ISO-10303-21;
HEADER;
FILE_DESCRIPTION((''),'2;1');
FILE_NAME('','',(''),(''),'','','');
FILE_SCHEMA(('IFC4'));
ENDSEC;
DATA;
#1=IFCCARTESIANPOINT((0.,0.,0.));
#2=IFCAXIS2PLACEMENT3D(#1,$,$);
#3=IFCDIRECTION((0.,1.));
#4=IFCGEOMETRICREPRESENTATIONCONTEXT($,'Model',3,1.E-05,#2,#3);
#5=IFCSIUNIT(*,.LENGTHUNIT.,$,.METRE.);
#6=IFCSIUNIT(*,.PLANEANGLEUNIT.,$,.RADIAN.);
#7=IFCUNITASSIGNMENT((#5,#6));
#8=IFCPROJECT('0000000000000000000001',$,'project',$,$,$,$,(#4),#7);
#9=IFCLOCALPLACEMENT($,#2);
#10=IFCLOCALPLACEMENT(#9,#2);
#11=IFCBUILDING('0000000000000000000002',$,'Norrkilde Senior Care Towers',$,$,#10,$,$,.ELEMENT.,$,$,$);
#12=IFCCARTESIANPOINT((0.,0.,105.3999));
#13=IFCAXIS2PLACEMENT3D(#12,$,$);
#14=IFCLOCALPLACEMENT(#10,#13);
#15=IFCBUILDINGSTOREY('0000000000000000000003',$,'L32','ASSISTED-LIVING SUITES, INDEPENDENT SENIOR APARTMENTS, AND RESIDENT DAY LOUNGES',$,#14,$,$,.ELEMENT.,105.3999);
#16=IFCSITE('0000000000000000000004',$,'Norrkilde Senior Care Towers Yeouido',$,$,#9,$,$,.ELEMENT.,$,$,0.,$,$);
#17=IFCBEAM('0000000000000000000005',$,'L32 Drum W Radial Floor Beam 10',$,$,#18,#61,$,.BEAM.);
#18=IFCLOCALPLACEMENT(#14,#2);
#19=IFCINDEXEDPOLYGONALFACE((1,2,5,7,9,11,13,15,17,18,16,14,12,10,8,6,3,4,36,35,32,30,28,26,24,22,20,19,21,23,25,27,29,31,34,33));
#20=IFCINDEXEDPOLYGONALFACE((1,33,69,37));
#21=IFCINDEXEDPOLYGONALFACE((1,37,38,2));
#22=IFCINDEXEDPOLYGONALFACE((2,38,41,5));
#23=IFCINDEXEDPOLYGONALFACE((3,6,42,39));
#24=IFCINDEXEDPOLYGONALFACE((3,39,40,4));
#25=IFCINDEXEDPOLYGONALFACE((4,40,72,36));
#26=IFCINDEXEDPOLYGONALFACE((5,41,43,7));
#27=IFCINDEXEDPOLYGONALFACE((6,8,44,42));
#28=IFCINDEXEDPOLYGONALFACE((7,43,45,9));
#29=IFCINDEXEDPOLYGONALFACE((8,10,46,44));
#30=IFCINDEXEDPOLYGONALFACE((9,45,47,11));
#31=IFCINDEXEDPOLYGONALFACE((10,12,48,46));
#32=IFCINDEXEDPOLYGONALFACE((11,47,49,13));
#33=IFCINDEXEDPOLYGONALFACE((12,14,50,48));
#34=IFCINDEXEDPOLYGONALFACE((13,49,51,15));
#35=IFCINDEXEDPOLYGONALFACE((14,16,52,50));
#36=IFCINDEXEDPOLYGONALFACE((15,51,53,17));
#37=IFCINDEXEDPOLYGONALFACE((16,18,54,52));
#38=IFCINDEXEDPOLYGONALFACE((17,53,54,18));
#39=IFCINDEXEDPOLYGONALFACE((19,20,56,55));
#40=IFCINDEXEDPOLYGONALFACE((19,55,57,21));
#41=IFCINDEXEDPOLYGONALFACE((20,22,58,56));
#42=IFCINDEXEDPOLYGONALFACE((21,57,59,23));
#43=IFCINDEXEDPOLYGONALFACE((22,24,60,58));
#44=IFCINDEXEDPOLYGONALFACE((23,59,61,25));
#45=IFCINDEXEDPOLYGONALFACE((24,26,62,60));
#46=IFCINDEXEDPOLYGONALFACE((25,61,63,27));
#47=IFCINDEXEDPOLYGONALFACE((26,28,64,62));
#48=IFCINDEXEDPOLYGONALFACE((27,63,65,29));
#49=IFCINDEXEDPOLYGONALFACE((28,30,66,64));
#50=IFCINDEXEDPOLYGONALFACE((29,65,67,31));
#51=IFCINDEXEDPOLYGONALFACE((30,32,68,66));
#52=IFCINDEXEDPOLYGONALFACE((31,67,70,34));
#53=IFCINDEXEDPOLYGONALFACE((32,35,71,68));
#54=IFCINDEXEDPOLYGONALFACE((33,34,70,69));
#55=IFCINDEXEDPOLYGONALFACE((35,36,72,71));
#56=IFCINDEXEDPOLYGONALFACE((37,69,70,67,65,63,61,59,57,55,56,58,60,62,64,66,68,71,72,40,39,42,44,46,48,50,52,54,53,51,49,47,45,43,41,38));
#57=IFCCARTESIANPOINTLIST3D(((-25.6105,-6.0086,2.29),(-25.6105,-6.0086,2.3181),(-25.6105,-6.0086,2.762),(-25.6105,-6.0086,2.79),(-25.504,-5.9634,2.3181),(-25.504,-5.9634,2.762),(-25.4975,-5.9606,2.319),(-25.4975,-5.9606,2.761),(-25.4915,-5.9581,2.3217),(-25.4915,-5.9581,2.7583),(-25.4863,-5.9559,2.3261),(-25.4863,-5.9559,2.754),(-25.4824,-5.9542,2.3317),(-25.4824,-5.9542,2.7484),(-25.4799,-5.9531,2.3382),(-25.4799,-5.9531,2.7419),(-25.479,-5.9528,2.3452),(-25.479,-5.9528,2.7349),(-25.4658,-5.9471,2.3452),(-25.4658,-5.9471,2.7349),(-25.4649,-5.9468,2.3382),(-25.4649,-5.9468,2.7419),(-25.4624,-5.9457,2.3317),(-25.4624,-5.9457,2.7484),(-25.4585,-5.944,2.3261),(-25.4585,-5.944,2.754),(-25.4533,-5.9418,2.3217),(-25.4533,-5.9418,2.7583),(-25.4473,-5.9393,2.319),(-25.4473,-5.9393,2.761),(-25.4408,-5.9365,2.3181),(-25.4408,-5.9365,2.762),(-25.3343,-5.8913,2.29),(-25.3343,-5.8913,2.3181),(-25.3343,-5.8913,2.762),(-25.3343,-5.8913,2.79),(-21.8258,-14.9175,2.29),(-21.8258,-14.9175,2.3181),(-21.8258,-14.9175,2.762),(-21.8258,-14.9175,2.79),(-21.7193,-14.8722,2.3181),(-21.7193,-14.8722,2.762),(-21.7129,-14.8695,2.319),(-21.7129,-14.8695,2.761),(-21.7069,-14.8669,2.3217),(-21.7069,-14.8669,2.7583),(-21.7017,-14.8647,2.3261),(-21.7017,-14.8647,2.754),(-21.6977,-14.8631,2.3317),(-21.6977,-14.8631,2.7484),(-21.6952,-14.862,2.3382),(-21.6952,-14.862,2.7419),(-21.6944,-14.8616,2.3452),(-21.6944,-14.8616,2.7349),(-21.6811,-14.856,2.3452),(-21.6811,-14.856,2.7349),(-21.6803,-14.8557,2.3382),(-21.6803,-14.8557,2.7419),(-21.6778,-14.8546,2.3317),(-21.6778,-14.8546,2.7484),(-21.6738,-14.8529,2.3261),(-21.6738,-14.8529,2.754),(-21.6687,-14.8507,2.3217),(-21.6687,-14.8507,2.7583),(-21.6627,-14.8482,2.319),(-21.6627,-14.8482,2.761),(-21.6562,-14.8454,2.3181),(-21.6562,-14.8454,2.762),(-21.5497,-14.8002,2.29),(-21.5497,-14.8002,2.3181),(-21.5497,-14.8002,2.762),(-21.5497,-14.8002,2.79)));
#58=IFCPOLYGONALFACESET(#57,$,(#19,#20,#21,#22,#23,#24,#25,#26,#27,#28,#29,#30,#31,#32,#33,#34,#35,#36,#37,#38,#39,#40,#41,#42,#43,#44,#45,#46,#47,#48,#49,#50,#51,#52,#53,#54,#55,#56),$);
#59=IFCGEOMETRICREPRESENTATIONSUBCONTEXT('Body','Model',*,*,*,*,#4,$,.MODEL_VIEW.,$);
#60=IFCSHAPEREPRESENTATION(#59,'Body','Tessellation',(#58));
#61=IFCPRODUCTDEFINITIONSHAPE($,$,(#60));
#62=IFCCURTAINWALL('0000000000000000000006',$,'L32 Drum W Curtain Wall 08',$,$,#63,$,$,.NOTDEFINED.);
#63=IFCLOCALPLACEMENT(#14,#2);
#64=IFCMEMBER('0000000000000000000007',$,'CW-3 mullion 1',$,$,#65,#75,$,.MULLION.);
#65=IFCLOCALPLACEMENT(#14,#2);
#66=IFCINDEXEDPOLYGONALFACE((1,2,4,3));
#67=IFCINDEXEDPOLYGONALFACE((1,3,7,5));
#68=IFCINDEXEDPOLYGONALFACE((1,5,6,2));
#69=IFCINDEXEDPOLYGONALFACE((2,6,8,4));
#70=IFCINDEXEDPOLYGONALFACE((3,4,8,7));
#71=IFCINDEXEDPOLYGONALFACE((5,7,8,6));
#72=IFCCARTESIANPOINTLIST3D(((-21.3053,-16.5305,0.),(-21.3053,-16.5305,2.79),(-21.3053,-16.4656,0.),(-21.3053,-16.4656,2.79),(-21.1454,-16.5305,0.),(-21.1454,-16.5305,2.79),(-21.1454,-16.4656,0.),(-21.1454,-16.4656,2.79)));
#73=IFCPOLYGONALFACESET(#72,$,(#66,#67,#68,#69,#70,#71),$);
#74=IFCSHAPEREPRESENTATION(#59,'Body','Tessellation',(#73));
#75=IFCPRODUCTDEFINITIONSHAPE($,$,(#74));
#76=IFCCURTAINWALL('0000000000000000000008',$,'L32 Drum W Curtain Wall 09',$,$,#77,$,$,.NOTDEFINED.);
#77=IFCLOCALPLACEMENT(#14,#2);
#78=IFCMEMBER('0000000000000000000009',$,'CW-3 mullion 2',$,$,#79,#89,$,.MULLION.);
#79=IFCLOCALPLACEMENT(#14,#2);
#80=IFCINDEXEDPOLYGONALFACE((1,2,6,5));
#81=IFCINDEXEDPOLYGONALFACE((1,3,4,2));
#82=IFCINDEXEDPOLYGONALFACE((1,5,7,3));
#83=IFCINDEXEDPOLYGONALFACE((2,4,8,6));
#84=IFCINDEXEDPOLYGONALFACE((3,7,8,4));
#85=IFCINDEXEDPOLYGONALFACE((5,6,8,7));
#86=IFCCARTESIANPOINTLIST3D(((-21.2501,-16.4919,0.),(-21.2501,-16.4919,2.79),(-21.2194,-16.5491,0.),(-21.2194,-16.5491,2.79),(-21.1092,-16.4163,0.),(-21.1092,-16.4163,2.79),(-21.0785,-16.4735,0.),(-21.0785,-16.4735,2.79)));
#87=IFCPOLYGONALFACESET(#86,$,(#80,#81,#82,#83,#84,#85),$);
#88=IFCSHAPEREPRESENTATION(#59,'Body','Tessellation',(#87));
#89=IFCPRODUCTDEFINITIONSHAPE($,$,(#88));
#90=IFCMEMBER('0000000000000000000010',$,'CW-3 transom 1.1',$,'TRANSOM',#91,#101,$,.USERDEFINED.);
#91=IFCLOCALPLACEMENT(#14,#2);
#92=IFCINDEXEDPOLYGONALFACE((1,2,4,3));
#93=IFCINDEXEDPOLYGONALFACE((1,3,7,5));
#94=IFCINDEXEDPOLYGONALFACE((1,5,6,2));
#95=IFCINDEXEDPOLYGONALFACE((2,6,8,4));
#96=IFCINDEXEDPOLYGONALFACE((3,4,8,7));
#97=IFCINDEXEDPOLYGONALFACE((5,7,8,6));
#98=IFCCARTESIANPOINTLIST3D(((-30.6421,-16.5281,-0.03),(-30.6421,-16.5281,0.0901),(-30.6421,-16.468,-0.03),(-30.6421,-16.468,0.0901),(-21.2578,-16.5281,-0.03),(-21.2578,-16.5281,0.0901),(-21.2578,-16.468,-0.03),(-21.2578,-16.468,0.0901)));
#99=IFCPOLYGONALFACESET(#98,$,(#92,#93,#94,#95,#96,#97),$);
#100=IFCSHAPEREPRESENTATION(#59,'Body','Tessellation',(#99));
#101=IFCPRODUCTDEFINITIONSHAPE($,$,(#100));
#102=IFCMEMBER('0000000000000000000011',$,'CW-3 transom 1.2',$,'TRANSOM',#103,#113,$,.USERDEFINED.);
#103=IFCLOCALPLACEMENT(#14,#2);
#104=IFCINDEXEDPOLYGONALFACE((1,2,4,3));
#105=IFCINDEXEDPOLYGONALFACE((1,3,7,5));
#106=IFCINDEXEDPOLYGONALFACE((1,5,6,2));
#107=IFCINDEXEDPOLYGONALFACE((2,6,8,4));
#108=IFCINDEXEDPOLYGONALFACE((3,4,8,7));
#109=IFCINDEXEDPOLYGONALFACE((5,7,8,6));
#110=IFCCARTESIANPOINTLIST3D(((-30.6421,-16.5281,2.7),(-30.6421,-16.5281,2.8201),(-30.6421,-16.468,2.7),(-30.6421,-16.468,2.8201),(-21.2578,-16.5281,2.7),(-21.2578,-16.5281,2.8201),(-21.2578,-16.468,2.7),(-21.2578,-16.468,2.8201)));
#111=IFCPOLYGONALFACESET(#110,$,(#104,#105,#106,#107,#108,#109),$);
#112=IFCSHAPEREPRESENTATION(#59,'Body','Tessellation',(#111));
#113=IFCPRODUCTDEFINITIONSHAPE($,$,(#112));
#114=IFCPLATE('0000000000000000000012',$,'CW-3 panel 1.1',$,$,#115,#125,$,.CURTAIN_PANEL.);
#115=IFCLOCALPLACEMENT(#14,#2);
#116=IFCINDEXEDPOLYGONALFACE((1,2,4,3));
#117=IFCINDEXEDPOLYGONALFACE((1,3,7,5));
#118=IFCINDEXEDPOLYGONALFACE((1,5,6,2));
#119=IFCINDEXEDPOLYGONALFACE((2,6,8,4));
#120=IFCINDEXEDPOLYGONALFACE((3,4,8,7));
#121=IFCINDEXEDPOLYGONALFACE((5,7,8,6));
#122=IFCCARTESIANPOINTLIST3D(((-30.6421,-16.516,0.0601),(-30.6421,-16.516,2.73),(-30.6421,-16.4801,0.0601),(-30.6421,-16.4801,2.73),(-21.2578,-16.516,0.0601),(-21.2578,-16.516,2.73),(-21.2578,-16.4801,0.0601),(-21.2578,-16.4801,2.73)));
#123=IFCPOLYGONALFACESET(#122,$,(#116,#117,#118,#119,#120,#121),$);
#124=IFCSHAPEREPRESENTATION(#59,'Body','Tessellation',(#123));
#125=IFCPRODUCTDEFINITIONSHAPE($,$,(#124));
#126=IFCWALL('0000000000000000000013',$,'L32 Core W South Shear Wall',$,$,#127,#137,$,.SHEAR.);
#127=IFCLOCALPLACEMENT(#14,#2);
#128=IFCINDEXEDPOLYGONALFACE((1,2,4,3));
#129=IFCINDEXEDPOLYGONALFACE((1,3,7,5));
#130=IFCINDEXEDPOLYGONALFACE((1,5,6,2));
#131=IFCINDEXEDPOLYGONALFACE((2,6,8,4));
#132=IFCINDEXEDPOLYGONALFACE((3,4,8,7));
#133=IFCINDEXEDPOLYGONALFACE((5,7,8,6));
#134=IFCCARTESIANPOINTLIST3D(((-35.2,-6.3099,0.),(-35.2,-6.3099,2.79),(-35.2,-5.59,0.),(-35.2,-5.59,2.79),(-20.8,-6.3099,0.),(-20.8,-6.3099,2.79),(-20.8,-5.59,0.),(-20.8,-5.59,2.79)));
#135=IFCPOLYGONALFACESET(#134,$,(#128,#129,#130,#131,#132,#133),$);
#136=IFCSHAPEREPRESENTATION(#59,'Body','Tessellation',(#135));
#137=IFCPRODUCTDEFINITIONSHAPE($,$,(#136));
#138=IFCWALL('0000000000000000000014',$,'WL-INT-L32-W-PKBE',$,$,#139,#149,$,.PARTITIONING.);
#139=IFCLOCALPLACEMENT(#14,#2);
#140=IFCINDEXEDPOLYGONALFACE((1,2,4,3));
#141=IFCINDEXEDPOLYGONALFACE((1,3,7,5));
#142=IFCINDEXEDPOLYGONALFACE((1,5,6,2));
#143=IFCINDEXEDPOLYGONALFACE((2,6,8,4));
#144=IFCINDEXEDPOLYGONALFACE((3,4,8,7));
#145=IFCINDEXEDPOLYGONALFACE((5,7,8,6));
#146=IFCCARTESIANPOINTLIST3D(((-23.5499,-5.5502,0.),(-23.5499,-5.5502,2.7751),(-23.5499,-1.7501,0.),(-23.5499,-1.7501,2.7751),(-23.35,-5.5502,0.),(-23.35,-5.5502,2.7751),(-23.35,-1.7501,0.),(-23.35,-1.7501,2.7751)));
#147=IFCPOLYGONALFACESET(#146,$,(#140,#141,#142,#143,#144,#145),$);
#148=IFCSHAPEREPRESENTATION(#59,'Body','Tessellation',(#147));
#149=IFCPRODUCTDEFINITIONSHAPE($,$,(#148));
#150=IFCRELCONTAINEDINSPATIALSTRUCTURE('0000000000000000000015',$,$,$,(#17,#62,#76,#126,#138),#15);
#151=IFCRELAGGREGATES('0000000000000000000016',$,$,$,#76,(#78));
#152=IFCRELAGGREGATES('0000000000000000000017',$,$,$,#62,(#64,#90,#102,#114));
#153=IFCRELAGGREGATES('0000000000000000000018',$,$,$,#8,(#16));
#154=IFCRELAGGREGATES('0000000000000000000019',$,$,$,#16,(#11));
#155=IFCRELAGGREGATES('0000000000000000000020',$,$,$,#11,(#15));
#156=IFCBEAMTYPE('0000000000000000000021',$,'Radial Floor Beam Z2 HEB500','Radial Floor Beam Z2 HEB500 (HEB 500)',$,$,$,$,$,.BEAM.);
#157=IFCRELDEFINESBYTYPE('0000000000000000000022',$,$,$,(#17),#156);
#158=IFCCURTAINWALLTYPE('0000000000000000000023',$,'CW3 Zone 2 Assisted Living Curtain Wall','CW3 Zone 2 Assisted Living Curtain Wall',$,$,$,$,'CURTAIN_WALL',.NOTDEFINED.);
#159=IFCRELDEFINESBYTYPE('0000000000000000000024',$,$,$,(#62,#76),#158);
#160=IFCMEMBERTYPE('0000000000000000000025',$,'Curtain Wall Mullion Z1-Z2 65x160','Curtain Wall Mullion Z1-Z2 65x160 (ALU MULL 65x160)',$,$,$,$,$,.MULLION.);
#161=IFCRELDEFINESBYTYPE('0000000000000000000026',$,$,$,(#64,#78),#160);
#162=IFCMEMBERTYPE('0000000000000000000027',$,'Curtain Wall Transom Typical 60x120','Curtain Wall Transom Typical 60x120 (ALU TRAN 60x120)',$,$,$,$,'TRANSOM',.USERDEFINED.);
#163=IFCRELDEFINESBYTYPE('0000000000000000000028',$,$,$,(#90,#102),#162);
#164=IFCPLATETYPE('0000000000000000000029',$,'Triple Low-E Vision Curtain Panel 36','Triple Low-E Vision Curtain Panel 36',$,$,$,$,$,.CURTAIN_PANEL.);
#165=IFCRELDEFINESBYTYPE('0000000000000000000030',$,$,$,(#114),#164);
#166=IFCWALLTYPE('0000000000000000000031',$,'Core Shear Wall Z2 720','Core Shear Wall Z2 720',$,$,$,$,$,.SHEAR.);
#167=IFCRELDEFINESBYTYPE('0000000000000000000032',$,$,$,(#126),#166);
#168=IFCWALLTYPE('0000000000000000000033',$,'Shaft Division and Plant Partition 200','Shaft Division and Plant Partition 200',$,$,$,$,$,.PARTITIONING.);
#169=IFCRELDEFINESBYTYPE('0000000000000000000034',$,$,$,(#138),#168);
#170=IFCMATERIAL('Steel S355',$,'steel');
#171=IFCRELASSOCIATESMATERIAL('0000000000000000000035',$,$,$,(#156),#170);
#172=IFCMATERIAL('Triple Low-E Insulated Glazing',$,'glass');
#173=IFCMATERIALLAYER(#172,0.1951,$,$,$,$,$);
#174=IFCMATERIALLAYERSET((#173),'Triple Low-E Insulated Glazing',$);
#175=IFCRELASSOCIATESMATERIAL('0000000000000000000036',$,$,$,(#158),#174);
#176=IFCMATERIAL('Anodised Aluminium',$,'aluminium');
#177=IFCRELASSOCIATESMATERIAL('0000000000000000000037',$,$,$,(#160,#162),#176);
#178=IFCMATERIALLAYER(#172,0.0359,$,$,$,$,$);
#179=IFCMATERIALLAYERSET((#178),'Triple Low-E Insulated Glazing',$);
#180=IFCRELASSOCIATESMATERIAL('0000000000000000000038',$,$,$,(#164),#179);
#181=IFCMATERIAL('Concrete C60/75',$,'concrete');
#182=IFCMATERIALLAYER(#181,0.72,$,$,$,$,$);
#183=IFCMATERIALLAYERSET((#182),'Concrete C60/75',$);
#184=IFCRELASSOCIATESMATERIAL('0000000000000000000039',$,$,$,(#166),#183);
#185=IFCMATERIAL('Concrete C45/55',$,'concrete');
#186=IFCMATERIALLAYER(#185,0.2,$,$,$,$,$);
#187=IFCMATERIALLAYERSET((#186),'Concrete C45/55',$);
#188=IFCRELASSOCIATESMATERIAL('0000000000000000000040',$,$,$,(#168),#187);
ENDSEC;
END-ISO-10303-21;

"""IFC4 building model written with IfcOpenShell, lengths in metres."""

from ifc_helpers import new_model, si_unit, direction, frame, frame_2d, origin, origin_2d, place, context, subcontext, project, spatial, rectangle, i_section, extrude, source, transform, mapped, material, layer, layer_set, material_profile, profile_set, type_object, type_shapes, element, aggregate, save


model = new_model("IFC4")

# Units and contexts
model_context = context("Model", 3, precision=1e-05, world=origin(), true_north=direction((0.0, 1.0)))
body_context = subcontext(model_context, "Body", "Model", "MODEL_VIEW")
ifc_project = project(units=[si_unit("LENGTHUNIT", "METRE"), si_unit("PLANEANGLEUNIT", "RADIAN")], contexts=[model_context])

# Site, building, storey
site_placement = place(None, origin())
site = spatial("IfcSite", under=ifc_project, at=site_placement, Name="Norrkilde Senior Care Towers Yeouido", CompositionType="ELEMENT", RefElevation=0.0)
building_placement = place(site_placement, origin())
building = spatial("IfcBuilding", under=site, at=building_placement, Name="Norrkilde Senior Care Towers", CompositionType="ELEMENT")
storey_placement = place(building_placement, frame((0.0, 0.0, 105.3999)))
storey = spatial("IfcBuildingStorey", under=building, at=storey_placement, Name="L32", Description="ASSISTED-LIVING SUITES, INDEPENDENT SENIOR APARTMENTS, AND RESIDENT DAY LOUNGES", CompositionType="ELEMENT", Elevation=105.3999)

# Shared definitions
ifc_material_1 = material(Name="Concrete C60/75", Category="concrete")

# Beam
ifc_material_2 = material(Name="Steel S355", Category="steel")
ifc_material_profile_1 = material_profile(ifc_material_2, i_section(OverallWidth=0.3, OverallDepth=0.5, WebThickness=0.0144, FlangeThickness=0.0281, FilletRadius=0.0271, at=origin_2d()), Name="HEB 500")
ifc_profile_set_1 = profile_set([ifc_material_profile_1], Name="Steel S355")
beam_type_1 = type_object("IfcBeamType", Name="Radial Floor Beam Z2 HEB500", Description="Radial Floor Beam Z2 HEB500 (HEB 500)", PredefinedType="BEAM", material=ifc_profile_set_1)
shared_shape_1 = source(origin(), body_context, "Body", "SweptSolid", [
    extrude(i_section(OverallWidth=0.3, OverallDepth=0.5, WebThickness=0.0144, FlangeThickness=0.0281, FilletRadius=0.0271, at=origin_2d()), origin(), (0.0, 0.0, 1.0), 9.6794),
])
beam_1_placement = place(storey_placement, frame((-25.4724, -5.95, 2.54), z_axis=(0.390998, -0.920392, 0.0), x_axis=(0.920392, 0.390998, 0.0)))
element("IfcBeam", 1, at=beam_1_placement, inside=storey, type_object=beam_type_1, Name="L32 Drum W Radial Floor Beam 10", PredefinedType="BEAM", context=body_context, shape_type="MappedRepresentation", body=[
    mapped(shared_shape_1, transform((0.0, 0.0, 0.0), x_axis=(1.0, 0.0, 0.0), y_axis=(0.0, 1.0, 0.0), z_axis=(0.0, 0.0, 1.0), scale=1.0)),
])

# Curtain walls, members
ifc_material_3 = material(Name="Triple Low-E Insulated Glazing", Category="glass")
ifc_layer_1 = layer(ifc_material_3, 0.1951)
ifc_layer_set_1 = layer_set([ifc_layer_1], Name="Triple Low-E Insulated Glazing")
curtain_wall_type = type_object("IfcCurtainWallType", Name="CW3 Zone 2 Assisted Living Curtain Wall", Description="CW3 Zone 2 Assisted Living Curtain Wall", ElementType="CURTAIN_WALL", PredefinedType="NOTDEFINED", material=ifc_layer_set_1)
curtain_wall_1_placement = place(storey_placement, origin())
curtain_wall_1 = element("IfcCurtainWall", 2, at=curtain_wall_1_placement, inside=storey, type_object=curtain_wall_type, Name="L32 Drum W Curtain Wall 08", PredefinedType="NOTDEFINED")
ifc_material_4 = material(Name="Anodised Aluminium", Category="aluminium")
ifc_material_profile_2 = material_profile(ifc_material_4, rectangle(XDim=0.0649, YDim=0.1599, at=origin_2d()), Name="ALU MULL 65x160")
ifc_profile_set_2 = profile_set([ifc_material_profile_2], Name="Anodised Aluminium")
member_type_1 = type_object("IfcMemberType", Name="Curtain Wall Mullion Z1-Z2 65x160", Description="Curtain Wall Mullion Z1-Z2 65x160 (ALU MULL 65x160)", PredefinedType="MULLION", material=ifc_profile_set_2)
shared_shape_2 = source(origin(), body_context, "Body", "SweptSolid", [
    extrude(rectangle(XDim=0.0649, YDim=0.1599, at=origin_2d()), origin(), (0.0, 0.0, 1.0), 2.79),
])
type_shapes(member_type_1, [shared_shape_2])
member_1_placement = place(storey_placement, frame((-21.2253, -16.498, 0.0), z_axis=(0.0, 0.0, 1.0), x_axis=(0.0, -1.0, 0.0)))
member_1 = element("IfcMember", 3, at=member_1_placement, type_object=member_type_1, Name="CW-3 mullion 1", PredefinedType="MULLION", context=body_context, shape_type="MappedRepresentation", body=[
    mapped(shared_shape_2, transform((0.0, 0.0, 0.0), x_axis=(1.0, 0.0, 0.0), y_axis=(0.0, 1.0, 0.0), z_axis=(0.0, 0.0, 1.0), scale=1.0)),
])
curtain_wall_2_placement = place(storey_placement, origin())
curtain_wall_2 = element("IfcCurtainWall", 4, at=curtain_wall_2_placement, inside=storey, type_object=curtain_wall_type, Name="L32 Drum W Curtain Wall 09", PredefinedType="NOTDEFINED")
member_2_placement = place(storey_placement, frame((-21.1643, -16.4827, 0.0), z_axis=(0.0, 0.0, 1.0), x_axis=(0.472769, -0.881186, 0.0)))
member_2 = element("IfcMember", 5, at=member_2_placement, type_object=member_type_1, Name="CW-3 mullion 2", PredefinedType="MULLION", context=body_context, shape_type="MappedRepresentation", body=[
    mapped(shared_shape_2, transform((0.0, 0.0, 0.0), x_axis=(1.0, 0.0, 0.0), y_axis=(0.0, 1.0, 0.0), z_axis=(0.0, 0.0, 1.0), scale=1.0)),
])
aggregate(curtain_wall_2, [member_2])

# Members
ifc_material_profile_3 = material_profile(ifc_material_4, rectangle(XDim=0.0601, YDim=0.1201, at=origin_2d()), Name="ALU TRAN 60x120")
ifc_profile_set_3 = profile_set([ifc_material_profile_3], Name="Anodised Aluminium")
member_type_2 = type_object("IfcMemberType", Name="Curtain Wall Transom Typical 60x120", Description="Curtain Wall Transom Typical 60x120 (ALU TRAN 60x120)", ElementType="TRANSOM", PredefinedType="USERDEFINED", material=ifc_profile_set_3)
shared_shape_3 = source(origin(), body_context, "Body", "SweptSolid", [
    extrude(rectangle(XDim=0.0601, YDim=0.1201, at=origin_2d()), origin(), (0.0, 0.0, 1.0), 9.3843),
])
type_shapes(member_type_2, [shared_shape_3])
member_3_placement = place(storey_placement, frame((-21.2578, -16.498, 0.03), z_axis=(-1.0, 0.0, 0.0), x_axis=(0.0, -1.0, 0.0)))
member_3 = element("IfcMember", 6, at=member_3_placement, type_object=member_type_2, Name="CW-3 transom 1.1", ObjectType="TRANSOM", PredefinedType="USERDEFINED", context=body_context, shape_type="MappedRepresentation", body=[
    mapped(shared_shape_3, transform((0.0, 0.0, 0.0), x_axis=(1.0, 0.0, 0.0), y_axis=(0.0, 1.0, 0.0), z_axis=(0.0, 0.0, 1.0), scale=1.0)),
])
member_4_placement = place(storey_placement, frame((-21.2578, -16.498, 2.76), z_axis=(-1.0, 0.0, 0.0), x_axis=(0.0, -1.0, 0.0)))
member_4 = element("IfcMember", 7, at=member_4_placement, type_object=member_type_2, Name="CW-3 transom 1.2", ObjectType="TRANSOM", PredefinedType="USERDEFINED", context=body_context, shape_type="MappedRepresentation", body=[
    mapped(shared_shape_3, transform((0.0, 0.0, 0.0), x_axis=(1.0, 0.0, 0.0), y_axis=(0.0, 1.0, 0.0), z_axis=(0.0, 0.0, 1.0), scale=1.0)),
])

# Plate
ifc_layer_2 = layer(ifc_material_3, 0.0359)
ifc_layer_set_2 = layer_set([ifc_layer_2], Name="Triple Low-E Insulated Glazing")
plate_type = type_object("IfcPlateType", Name="Triple Low-E Vision Curtain Panel 36", Description="Triple Low-E Vision Curtain Panel 36", PredefinedType="CURTAIN_PANEL", material=ifc_layer_set_2)
shared_shape_4 = source(origin(), body_context, "Body", "SweptSolid", [
    extrude(rectangle(XDim=9.3843, YDim=0.0359, at=origin_2d()), origin(), (0.0, 0.0, 1.0), 2.6699),
])
type_shapes(plate_type, [shared_shape_4])
plate_placement = place(storey_placement, frame((-25.95, -16.498, 0.0601), z_axis=(0.0, 0.0, 1.0), x_axis=(-1.0, 0.0, 0.0)))
plate = element("IfcPlate", 8, at=plate_placement, type_object=plate_type, Name="CW-3 panel 1.1", PredefinedType="CURTAIN_PANEL", context=body_context, shape_type="MappedRepresentation", body=[
    mapped(shared_shape_4, transform((0.0, 0.0, 0.0), x_axis=(1.0, 0.0, 0.0), y_axis=(0.0, 1.0, 0.0), z_axis=(0.0, 0.0, 1.0), scale=1.0)),
])
aggregate(curtain_wall_1, [member_1, member_3, member_4, plate])

# Walls
ifc_layer_3 = layer(ifc_material_1, 0.72)
ifc_layer_set_3 = layer_set([ifc_layer_3], Name="Concrete C60/75")
wall_type_1 = type_object("IfcWallType", Name="Core Shear Wall Z2 720", Description="Core Shear Wall Z2 720", PredefinedType="SHEAR", material=ifc_layer_set_3)
shared_shape_5 = source(origin(), body_context, "Body", "SweptSolid", [
    extrude(rectangle(XDim=14.3999, YDim=0.72, at=frame_2d((7.2, 0.0))), origin(), (0.0, 0.0, 1.0), 2.79),
])
type_shapes(wall_type_1, [shared_shape_5])
wall_1_placement = place(storey_placement, frame((-20.8, -5.95, 0.0), z_axis=(0.0, 0.0, 1.0), x_axis=(-1.0, 0.0, 0.0)))
element("IfcWall", 9, at=wall_1_placement, inside=storey, type_object=wall_type_1, Name="L32 Core W South Shear Wall", PredefinedType="SHEAR", context=body_context, shape_type="MappedRepresentation", body=[
    mapped(shared_shape_5, transform((0.0, 0.0, 0.0), x_axis=(1.0, 0.0, 0.0), y_axis=(0.0, 1.0, 0.0), z_axis=(0.0, 0.0, 1.0), scale=1.0)),
])
ifc_material_5 = material(Name="Concrete C45/55", Category="concrete")
ifc_layer_4 = layer(ifc_material_5, 0.2)
ifc_layer_set_4 = layer_set([ifc_layer_4], Name="Concrete C45/55")
wall_type_2 = type_object("IfcWallType", Name="Shaft Division and Plant Partition 200", Description="Shaft Division and Plant Partition 200", PredefinedType="PARTITIONING", material=ifc_layer_set_4)
shared_shape_6 = source(origin(), body_context, "Body", "SweptSolid", [
    extrude(rectangle(XDim=3.8, YDim=0.2, at=frame_2d((1.8999, 0.0))), origin(), (0.0, 0.0, 1.0), 2.7751),
])
type_shapes(wall_type_2, [shared_shape_6])
wall_2_placement = place(storey_placement, frame((-23.45, -5.55, 0.0), z_axis=(0.0, 0.0, 1.0), x_axis=(0.0, 1.0, 0.0)))
element("IfcWall", 10, at=wall_2_placement, inside=storey, type_object=wall_type_2, Name="WL-INT-L32-W-PKBE", PredefinedType="PARTITIONING", context=body_context, shape_type="MappedRepresentation", body=[
    mapped(shared_shape_6, transform((0.0, 0.0, 0.0), x_axis=(1.0, 0.0, 0.0), y_axis=(0.0, 1.0, 0.0), z_axis=(0.0, 0.0, 1.0), scale=1.0)),
])

save(model, "model.ifc")
